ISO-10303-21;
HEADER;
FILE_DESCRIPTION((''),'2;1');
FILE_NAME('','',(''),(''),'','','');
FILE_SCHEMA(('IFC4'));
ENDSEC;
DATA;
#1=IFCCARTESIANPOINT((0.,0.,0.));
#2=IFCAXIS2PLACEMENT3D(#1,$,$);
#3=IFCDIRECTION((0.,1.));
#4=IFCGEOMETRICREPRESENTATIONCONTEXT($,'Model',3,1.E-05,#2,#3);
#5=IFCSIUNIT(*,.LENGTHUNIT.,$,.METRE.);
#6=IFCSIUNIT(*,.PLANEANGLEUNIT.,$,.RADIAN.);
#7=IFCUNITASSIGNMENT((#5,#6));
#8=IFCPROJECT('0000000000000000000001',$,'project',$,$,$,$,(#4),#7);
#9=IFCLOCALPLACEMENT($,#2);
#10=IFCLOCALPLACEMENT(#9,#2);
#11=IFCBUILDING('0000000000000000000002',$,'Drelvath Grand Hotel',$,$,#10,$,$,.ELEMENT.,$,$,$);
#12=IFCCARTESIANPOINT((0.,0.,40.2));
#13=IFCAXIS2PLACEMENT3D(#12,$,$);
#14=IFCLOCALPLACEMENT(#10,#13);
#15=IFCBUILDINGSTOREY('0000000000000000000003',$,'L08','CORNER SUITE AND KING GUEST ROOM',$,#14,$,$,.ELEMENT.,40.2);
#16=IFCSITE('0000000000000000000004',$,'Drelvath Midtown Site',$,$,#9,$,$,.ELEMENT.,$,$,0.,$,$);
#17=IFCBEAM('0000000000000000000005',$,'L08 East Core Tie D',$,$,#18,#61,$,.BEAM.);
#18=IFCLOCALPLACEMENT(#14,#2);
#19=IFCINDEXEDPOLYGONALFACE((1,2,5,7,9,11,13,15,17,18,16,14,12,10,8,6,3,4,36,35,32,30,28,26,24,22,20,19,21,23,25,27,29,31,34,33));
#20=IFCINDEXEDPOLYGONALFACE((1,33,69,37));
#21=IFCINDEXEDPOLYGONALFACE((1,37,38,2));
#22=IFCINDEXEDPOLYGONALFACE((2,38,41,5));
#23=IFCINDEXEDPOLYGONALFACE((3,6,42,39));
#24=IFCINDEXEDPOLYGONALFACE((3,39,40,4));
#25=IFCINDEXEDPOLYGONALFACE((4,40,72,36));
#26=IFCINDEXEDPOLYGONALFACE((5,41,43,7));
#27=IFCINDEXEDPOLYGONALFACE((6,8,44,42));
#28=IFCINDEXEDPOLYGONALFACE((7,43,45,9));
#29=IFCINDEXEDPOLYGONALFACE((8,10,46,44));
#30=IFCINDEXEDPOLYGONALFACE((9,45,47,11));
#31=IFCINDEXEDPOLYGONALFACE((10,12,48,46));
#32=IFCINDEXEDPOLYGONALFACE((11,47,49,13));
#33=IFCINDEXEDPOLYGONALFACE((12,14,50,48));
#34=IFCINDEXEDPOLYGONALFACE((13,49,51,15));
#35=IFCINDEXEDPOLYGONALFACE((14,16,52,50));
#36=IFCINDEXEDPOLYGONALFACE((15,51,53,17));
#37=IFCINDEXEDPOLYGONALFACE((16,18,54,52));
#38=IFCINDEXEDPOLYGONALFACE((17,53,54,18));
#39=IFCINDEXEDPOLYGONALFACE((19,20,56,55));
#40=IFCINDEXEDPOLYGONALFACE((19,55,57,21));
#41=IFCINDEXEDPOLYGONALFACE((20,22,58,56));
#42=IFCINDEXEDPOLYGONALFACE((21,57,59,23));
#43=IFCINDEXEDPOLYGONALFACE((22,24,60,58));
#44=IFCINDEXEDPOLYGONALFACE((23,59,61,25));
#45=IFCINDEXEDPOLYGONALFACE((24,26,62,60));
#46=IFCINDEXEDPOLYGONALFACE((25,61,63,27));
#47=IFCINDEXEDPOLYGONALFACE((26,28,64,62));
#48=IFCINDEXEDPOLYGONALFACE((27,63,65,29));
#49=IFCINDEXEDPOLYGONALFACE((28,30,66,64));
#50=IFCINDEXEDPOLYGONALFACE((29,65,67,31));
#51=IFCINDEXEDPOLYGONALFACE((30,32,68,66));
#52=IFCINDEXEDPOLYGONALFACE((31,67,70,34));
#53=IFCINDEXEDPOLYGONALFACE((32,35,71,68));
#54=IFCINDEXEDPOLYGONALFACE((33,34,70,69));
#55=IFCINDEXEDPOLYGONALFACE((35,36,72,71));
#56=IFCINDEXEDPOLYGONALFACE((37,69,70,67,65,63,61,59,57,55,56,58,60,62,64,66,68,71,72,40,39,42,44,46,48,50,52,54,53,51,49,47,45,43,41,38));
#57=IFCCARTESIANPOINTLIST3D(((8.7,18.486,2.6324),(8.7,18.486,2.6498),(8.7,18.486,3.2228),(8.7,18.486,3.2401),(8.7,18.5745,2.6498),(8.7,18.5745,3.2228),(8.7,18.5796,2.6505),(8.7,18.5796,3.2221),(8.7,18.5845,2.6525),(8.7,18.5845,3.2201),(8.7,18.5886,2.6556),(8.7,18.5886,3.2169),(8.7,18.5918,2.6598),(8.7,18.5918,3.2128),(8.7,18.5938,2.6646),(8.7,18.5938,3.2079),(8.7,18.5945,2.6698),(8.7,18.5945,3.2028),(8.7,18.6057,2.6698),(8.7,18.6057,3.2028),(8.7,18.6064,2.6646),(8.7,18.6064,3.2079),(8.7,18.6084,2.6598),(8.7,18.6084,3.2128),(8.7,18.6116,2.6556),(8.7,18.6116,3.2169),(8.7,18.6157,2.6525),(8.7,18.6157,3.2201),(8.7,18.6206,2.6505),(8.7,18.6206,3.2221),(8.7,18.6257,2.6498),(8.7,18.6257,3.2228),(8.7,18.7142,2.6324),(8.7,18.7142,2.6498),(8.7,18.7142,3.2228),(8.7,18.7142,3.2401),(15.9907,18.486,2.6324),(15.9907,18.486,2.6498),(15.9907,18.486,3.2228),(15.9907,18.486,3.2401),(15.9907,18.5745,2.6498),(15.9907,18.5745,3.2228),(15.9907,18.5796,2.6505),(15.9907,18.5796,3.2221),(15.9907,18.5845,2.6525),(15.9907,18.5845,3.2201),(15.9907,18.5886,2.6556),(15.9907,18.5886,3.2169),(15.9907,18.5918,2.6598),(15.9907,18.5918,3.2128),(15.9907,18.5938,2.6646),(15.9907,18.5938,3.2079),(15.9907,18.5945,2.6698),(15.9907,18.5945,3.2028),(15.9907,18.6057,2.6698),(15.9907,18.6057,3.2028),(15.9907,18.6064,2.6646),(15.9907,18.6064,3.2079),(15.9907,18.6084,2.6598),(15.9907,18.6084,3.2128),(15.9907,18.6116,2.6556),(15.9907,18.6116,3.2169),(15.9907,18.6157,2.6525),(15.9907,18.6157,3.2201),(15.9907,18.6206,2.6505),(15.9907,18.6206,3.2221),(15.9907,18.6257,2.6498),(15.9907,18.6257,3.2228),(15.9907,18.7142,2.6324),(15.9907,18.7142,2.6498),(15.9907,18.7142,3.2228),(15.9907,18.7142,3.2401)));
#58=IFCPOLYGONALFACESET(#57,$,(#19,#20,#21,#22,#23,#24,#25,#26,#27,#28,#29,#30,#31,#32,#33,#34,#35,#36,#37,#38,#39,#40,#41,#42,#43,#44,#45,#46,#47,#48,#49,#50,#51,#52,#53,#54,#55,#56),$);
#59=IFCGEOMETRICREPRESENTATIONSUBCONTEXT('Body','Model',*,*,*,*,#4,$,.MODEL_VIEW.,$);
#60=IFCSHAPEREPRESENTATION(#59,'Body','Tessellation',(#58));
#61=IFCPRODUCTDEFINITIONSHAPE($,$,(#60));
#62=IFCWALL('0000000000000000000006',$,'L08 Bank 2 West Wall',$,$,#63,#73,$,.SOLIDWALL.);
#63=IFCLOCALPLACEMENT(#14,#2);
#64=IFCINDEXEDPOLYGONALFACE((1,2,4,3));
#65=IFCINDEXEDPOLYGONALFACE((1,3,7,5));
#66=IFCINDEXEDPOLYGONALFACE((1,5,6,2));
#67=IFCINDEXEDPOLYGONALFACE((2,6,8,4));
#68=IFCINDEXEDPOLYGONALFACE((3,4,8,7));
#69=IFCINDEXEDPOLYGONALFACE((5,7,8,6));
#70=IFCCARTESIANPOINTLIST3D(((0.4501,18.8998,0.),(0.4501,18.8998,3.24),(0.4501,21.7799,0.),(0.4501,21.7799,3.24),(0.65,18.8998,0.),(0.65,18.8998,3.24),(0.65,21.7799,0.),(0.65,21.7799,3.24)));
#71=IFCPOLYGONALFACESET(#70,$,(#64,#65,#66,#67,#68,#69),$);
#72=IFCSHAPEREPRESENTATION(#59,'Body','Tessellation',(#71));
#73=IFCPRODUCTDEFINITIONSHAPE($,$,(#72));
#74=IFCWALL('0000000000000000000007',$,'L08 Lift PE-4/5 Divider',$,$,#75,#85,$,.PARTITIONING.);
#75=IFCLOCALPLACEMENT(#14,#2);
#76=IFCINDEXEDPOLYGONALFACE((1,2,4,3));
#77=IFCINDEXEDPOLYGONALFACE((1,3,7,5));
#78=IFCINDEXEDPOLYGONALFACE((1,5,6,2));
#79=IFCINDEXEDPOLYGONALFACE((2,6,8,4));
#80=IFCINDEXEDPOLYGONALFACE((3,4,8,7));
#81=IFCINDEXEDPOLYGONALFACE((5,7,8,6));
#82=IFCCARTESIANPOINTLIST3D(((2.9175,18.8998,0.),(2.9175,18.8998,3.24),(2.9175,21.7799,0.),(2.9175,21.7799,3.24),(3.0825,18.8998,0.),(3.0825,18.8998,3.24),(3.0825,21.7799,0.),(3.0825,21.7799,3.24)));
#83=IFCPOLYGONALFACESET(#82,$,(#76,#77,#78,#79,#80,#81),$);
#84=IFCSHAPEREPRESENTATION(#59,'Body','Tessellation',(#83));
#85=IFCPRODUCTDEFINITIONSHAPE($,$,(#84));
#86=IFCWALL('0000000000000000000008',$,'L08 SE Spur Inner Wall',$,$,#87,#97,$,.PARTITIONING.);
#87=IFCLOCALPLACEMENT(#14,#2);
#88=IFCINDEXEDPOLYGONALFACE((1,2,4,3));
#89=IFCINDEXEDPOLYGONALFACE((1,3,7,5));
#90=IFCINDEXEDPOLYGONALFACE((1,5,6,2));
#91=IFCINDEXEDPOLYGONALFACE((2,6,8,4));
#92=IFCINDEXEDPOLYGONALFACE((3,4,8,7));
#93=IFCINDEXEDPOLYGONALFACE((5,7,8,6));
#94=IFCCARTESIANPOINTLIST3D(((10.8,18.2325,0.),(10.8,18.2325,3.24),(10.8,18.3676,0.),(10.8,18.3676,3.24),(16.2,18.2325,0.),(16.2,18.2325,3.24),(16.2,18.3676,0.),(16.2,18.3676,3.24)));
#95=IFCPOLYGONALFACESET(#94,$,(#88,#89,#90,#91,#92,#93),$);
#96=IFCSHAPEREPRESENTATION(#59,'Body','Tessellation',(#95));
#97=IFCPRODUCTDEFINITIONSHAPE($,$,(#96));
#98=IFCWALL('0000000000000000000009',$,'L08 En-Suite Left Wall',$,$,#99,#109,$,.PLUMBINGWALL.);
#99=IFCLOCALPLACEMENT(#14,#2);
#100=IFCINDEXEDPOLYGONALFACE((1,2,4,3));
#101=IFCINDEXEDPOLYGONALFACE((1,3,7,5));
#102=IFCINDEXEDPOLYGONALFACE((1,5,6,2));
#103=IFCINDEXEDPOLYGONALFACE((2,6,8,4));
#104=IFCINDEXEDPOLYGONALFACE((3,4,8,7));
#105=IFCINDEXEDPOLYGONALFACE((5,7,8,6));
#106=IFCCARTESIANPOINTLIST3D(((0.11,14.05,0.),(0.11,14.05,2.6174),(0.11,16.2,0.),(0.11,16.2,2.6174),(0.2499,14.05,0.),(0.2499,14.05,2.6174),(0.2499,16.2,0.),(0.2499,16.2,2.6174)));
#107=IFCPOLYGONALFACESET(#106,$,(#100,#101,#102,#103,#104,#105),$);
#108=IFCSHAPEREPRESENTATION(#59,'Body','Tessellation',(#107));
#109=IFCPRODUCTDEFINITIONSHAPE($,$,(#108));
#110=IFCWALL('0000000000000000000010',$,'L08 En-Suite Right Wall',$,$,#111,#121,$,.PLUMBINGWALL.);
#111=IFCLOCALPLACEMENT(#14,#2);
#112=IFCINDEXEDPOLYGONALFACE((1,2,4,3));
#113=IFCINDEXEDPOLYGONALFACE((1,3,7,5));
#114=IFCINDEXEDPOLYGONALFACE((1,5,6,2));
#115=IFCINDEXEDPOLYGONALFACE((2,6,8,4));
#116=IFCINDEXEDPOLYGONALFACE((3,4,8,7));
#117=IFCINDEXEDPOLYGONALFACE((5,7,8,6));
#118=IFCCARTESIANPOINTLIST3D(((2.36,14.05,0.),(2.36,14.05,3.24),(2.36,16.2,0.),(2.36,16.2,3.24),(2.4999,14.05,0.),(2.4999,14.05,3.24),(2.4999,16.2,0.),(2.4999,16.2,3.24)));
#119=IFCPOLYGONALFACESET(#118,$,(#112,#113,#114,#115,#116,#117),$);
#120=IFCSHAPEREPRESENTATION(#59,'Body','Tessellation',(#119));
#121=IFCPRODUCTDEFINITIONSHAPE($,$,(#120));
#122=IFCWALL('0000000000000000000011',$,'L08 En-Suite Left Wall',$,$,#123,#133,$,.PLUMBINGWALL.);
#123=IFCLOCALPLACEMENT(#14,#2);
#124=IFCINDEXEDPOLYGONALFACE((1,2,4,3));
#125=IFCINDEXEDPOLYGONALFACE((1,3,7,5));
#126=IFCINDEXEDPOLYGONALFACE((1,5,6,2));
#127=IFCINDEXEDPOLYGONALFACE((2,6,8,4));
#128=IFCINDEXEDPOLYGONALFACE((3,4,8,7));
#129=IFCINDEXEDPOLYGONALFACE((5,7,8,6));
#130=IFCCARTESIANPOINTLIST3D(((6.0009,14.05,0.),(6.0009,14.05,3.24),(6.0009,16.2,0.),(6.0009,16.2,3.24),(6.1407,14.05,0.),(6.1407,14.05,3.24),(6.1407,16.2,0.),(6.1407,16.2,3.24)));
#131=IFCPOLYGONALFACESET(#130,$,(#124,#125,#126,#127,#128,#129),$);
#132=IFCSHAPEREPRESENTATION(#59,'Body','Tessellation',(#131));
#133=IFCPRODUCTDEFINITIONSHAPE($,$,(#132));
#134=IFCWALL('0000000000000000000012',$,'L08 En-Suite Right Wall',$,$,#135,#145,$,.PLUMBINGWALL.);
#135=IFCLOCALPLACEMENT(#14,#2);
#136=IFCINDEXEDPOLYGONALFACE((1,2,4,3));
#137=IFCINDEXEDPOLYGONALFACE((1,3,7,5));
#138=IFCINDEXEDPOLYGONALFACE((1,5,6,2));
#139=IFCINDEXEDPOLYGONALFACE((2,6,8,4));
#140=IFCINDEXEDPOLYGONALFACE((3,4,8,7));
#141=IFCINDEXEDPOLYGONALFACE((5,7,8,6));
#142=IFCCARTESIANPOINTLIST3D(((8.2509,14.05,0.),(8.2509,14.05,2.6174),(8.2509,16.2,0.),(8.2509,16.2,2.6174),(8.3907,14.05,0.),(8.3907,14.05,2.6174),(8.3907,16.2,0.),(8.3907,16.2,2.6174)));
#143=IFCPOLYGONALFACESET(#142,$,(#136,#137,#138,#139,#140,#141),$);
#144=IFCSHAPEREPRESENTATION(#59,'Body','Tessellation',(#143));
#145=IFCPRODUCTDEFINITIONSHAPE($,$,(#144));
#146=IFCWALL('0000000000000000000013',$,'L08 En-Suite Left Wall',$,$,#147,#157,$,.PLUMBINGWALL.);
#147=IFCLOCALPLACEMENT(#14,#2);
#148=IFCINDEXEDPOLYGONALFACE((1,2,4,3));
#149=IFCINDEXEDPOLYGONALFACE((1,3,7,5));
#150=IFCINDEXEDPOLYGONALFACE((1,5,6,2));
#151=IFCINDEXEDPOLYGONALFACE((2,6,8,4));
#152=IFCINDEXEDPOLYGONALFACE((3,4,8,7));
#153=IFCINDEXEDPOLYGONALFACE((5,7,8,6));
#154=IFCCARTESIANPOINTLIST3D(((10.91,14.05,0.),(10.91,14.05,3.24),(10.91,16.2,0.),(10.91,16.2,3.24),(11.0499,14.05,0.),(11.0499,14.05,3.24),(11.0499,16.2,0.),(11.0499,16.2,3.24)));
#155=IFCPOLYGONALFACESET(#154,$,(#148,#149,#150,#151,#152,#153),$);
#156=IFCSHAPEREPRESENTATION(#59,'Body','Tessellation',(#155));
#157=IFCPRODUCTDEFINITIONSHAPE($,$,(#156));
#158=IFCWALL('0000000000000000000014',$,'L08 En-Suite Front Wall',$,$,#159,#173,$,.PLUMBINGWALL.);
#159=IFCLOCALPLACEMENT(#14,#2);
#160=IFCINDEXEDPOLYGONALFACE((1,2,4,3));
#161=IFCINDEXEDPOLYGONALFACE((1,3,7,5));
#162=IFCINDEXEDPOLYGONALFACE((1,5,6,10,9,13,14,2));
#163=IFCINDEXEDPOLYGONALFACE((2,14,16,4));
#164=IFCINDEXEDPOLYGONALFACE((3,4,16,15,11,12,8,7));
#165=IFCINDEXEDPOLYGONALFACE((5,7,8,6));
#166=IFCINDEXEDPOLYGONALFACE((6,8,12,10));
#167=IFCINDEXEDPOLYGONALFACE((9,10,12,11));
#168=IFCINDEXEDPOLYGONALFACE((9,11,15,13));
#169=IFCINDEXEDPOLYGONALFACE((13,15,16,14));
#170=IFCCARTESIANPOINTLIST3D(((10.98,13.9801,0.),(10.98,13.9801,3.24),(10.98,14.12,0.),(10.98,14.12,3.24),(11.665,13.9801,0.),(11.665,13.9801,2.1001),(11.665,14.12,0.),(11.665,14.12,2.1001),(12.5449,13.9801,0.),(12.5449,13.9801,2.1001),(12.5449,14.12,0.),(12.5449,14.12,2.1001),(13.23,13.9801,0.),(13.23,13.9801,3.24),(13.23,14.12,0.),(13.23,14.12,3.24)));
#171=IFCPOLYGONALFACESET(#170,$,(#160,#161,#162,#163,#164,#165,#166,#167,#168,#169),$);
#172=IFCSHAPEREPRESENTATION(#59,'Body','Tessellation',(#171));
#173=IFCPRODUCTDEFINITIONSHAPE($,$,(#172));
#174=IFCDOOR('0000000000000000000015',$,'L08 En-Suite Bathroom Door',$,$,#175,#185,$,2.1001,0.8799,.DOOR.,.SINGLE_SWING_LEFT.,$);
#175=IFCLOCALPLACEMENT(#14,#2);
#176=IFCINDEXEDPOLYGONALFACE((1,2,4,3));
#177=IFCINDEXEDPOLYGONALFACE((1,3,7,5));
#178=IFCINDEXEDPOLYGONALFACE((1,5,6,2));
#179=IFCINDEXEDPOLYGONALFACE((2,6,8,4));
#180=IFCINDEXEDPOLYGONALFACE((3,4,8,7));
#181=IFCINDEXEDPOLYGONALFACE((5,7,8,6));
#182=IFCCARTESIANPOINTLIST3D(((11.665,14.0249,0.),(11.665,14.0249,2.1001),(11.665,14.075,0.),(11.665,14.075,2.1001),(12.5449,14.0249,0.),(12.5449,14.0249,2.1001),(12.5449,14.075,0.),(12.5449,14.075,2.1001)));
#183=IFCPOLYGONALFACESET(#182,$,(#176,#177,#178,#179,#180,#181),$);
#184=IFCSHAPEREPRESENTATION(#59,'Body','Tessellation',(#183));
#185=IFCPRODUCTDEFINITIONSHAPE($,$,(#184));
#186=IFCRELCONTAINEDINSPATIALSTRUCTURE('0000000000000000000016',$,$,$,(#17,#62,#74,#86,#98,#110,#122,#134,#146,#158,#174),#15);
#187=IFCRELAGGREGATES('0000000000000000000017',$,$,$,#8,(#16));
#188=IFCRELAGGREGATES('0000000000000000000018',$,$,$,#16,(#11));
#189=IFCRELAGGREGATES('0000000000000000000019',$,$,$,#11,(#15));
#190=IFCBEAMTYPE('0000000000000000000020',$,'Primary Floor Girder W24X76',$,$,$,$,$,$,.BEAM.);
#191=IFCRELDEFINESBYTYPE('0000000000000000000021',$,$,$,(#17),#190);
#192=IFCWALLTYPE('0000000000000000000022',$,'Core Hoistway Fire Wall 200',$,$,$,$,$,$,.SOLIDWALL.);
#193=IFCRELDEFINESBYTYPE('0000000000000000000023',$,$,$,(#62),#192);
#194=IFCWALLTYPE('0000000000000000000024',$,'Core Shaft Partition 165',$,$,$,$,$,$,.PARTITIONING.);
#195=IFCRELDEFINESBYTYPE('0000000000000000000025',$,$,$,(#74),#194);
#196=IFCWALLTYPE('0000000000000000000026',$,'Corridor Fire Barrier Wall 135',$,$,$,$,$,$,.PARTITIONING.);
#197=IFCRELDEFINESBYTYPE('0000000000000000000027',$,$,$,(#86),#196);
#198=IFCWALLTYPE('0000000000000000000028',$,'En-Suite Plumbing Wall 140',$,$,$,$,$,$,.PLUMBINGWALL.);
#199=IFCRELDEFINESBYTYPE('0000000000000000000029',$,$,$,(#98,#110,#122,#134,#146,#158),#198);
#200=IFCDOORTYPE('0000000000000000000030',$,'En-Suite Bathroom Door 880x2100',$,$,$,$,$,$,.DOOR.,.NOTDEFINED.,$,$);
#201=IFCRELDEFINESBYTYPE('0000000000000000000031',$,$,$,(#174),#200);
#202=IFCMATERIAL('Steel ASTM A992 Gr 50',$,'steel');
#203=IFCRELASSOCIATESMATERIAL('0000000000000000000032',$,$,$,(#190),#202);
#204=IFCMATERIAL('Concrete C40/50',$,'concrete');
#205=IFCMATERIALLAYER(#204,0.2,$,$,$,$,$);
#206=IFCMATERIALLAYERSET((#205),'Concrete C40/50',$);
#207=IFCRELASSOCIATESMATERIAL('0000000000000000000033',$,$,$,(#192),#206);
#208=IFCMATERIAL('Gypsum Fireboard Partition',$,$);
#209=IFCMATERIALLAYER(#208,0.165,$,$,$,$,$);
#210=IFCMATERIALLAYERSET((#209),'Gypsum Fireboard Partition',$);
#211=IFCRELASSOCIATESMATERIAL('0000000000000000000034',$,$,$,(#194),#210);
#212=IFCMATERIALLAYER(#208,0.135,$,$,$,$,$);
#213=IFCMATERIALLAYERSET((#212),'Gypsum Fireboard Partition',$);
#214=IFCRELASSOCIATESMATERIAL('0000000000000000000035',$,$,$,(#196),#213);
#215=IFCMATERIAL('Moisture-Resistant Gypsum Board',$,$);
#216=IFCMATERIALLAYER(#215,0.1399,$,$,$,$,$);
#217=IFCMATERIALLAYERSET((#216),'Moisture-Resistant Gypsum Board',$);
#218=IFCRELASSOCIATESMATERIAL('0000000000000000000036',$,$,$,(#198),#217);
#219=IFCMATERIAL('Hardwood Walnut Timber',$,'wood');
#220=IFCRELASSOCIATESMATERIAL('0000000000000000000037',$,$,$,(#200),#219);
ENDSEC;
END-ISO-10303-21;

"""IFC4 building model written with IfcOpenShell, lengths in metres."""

from ifc_helpers import new_model, si_unit, direction, frame, frame_2d, origin, origin_2d, place, context, subcontext, project, spatial, rectangle, i_section, extrude, material, layer, layer_set, material_profile, profile_set, type_object, element, fill, save


model = new_model("IFC4")

# Units and contexts
model_context = context("Model", 3, precision=1e-05, world=origin(), true_north=direction((0.0, 1.0)))
body_context = subcontext(model_context, "Body", "Model", "MODEL_VIEW")
ifc_project = project(units=[si_unit("LENGTHUNIT", "METRE"), si_unit("PLANEANGLEUNIT", "RADIAN")], contexts=[model_context])

# Site, building, storey
site_placement = place(None, origin())
site = spatial("IfcSite", under=ifc_project, at=site_placement, Name="Drelvath Midtown Site", CompositionType="ELEMENT", RefElevation=0.0)
building_placement = place(site_placement, origin())
building = spatial("IfcBuilding", under=site, at=building_placement, Name="Drelvath Grand Hotel", CompositionType="ELEMENT")
storey_placement = place(building_placement, frame((0.0, 0.0, 40.2)))
storey = spatial("IfcBuildingStorey", under=building, at=storey_placement, Name="L08", Description="CORNER SUITE AND KING GUEST ROOM", CompositionType="ELEMENT", Elevation=40.2)

# Beam
ifc_material_1 = material(Name="Steel ASTM A992 Gr 50", Category="steel")
ifc_material_profile = material_profile(ifc_material_1, i_section(OverallWidth=0.2283, OverallDepth=0.6077, WebThickness=0.0112, FlangeThickness=0.0173, FilletRadius=0.02, at=origin_2d()), Name="W24X76")
ifc_profile_set = profile_set([ifc_material_profile], Name="Steel ASTM A992 Gr 50")
beam_type = type_object("IfcBeamType", Name="Primary Floor Girder W24X76", PredefinedType="BEAM", material=ifc_profile_set)
beam_placement = place(storey_placement, frame((8.7, 18.6001, 2.9363), z_axis=(1.0, 0.0, 0.0), x_axis=(0.0, 1.0, 0.0)))
element("IfcBeam", 1, at=beam_placement, inside=storey, type_object=beam_type, Name="L08 East Core Tie D", PredefinedType="BEAM", context=body_context, shape_type="SweptSolid", body=[
    extrude(i_section(OverallWidth=0.2283, OverallDepth=0.6077, WebThickness=0.0112, FlangeThickness=0.0173, FilletRadius=0.02, at=origin_2d()), origin(), (0.0, 0.0, 1.0), 7.2908),
])

# Walls
ifc_material_2 = material(Name="Concrete C40/50", Category="concrete")
ifc_layer_1 = layer(ifc_material_2, 0.2)
ifc_layer_set_1 = layer_set([ifc_layer_1], Name="Concrete C40/50")
wall_type_1 = type_object("IfcWallType", Name="Core Hoistway Fire Wall 200", PredefinedType="SOLIDWALL", material=ifc_layer_set_1)
wall_1_placement = place(storey_placement, frame((0.55, 18.8999, 0.0), z_axis=(0.0, 0.0, 1.0), x_axis=(0.0, 1.0, 0.0)))
element("IfcWall", 2, at=wall_1_placement, inside=storey, type_object=wall_type_1, Name="L08 Bank 2 West Wall", PredefinedType="SOLIDWALL", context=body_context, shape_type="SweptSolid", body=[
    extrude(rectangle(XDim=2.8801, YDim=0.2, at=frame_2d((1.4399, 0.0))), origin(), (0.0, 0.0, 1.0), 3.24),
])
ifc_material_3 = material(Name="Gypsum Fireboard Partition")
ifc_layer_2 = layer(ifc_material_3, 0.165)
ifc_layer_set_2 = layer_set([ifc_layer_2], Name="Gypsum Fireboard Partition")
wall_type_2 = type_object("IfcWallType", Name="Core Shaft Partition 165", PredefinedType="PARTITIONING", material=ifc_layer_set_2)
wall_2_placement = place(storey_placement, frame((3.0, 18.8999, 0.0), z_axis=(0.0, 0.0, 1.0), x_axis=(0.0, 1.0, 0.0)))
element("IfcWall", 3, at=wall_2_placement, inside=storey, type_object=wall_type_2, Name="L08 Lift PE-4/5 Divider", PredefinedType="PARTITIONING", context=body_context, shape_type="SweptSolid", body=[
    extrude(rectangle(XDim=2.8801, YDim=0.165, at=frame_2d((1.4399, 0.0))), origin(), (0.0, 0.0, 1.0), 3.24),
])
ifc_layer_3 = layer(ifc_material_3, 0.135)
ifc_layer_set_3 = layer_set([ifc_layer_3], Name="Gypsum Fireboard Partition")
wall_type_3 = type_object("IfcWallType", Name="Corridor Fire Barrier Wall 135", PredefinedType="PARTITIONING", material=ifc_layer_set_3)
wall_3_placement = place(storey_placement, frame((10.8, 18.3, 0.0), z_axis=(0.0, 0.0, 1.0), x_axis=(1.0, 0.0, 0.0)))
element("IfcWall", 4, at=wall_3_placement, inside=storey, type_object=wall_type_3, Name="L08 SE Spur Inner Wall", PredefinedType="PARTITIONING", context=body_context, shape_type="SweptSolid", body=[
    extrude(rectangle(XDim=5.3999, YDim=0.135, at=frame_2d((2.7, 0.0))), origin(), (0.0, 0.0, 1.0), 3.24),
])

# Shared definitions
ifc_material_4 = material(Name="Hardwood Walnut Timber", Category="wood")

# Walls
ifc_material_5 = material(Name="Moisture-Resistant Gypsum Board")
ifc_layer_4 = layer(ifc_material_5, 0.1399)
ifc_layer_set_4 = layer_set([ifc_layer_4], Name="Moisture-Resistant Gypsum Board")
wall_type_4 = type_object("IfcWallType", Name="En-Suite Plumbing Wall 140", PredefinedType="PLUMBINGWALL", material=ifc_layer_set_4)
wall_4_placement = place(storey_placement, frame((0.1799, 16.2, 0.0), z_axis=(0.0, 0.0, 1.0), x_axis=(0.0, -1.0, 0.0)))
element("IfcWall", 5, at=wall_4_placement, inside=storey, type_object=wall_type_4, Name="L08 En-Suite Left Wall", PredefinedType="PLUMBINGWALL", context=body_context, shape_type="SweptSolid", body=[
    extrude(rectangle(XDim=2.1499, YDim=0.1399, at=frame_2d((1.075, 0.0))), origin(), (0.0, 0.0, 1.0), 2.6174),
])
for number, where, z_axis, x_axis, name in (
    (6, (2.4299, 16.2, 0.0), (0.0, 0.0, 1.0), (0.0, -1.0, 0.0), "L08 En-Suite Right Wall"),
    (7, (6.0708, 16.2, 0.0), (0.0, 0.0, 1.0), (0.0, -1.0, 0.0), "L08 En-Suite Left Wall"),
):
    element("IfcWall", number, at=place(storey_placement, frame(where, z_axis=z_axis, x_axis=x_axis)), inside=storey, type_object=wall_type_4, Name=name, PredefinedType="PLUMBINGWALL", context=body_context, shape_type="SweptSolid", body=[
        extrude(rectangle(XDim=2.1499, YDim=0.1399, at=frame_2d((1.075, 0.0))), origin(), (0.0, 0.0, 1.0), 3.24),
    ])
wall_5_placement = place(storey_placement, frame((8.3208, 16.2, 0.0), z_axis=(0.0, 0.0, 1.0), x_axis=(0.0, -1.0, 0.0)))
element("IfcWall", 8, at=wall_5_placement, inside=storey, type_object=wall_type_4, Name="L08 En-Suite Right Wall", PredefinedType="PLUMBINGWALL", context=body_context, shape_type="SweptSolid", body=[
    extrude(rectangle(XDim=2.1499, YDim=0.1399, at=frame_2d((1.075, 0.0))), origin(), (0.0, 0.0, 1.0), 2.6174),
])
wall_6_placement = place(storey_placement, frame((10.98, 16.2, 0.0), z_axis=(0.0, 0.0, 1.0), x_axis=(0.0, -1.0, 0.0)))
element("IfcWall", 9, at=wall_6_placement, inside=storey, type_object=wall_type_4, Name="L08 En-Suite Left Wall", PredefinedType="PLUMBINGWALL", context=body_context, shape_type="SweptSolid", body=[
    extrude(rectangle(XDim=2.1499, YDim=0.1399, at=frame_2d((1.075, 0.0))), origin(), (0.0, 0.0, 1.0), 3.24),
])

# Wall, opening, door
wall_7_placement = place(storey_placement, frame((10.98, 14.05, 0.0), z_axis=(0.0, 0.0, 1.0), x_axis=(1.0, 0.0, 0.0)))
wall_7 = element("IfcWall", 10, at=wall_7_placement, inside=storey, type_object=wall_type_4, Name="L08 En-Suite Front Wall", PredefinedType="PLUMBINGWALL", context=body_context, shape_type="SweptSolid", body=[
    extrude(rectangle(XDim=2.25, YDim=0.1399, at=frame_2d((1.125, 0.0))), origin(), (0.0, 0.0, 1.0), 3.24),
])
opening_1_placement = place(wall_7_placement, frame((0.6851, 0.0, 0.0)))
opening_1 = element("IfcOpeningElement", 11, at=opening_1_placement, cuts=wall_7, PredefinedType="OPENING", context=body_context, shape_type="SweptSolid", body=[
    extrude(rectangle(XDim=0.8799, YDim=2.1001, at=frame_2d((0.4399, 1.05))), frame((0.0, 0.0798, 0.0), z_axis=(0.0, -1.0, 0.0), x_axis=(1.0, 0.0, 0.0)), (0.0, 0.0, 1.0), 0.1599),
])
door_type_1 = type_object("IfcDoorType", Name="En-Suite Bathroom Door 880x2100", OperationType="NOTDEFINED", PredefinedType="DOOR", material=ifc_material_4)
door_1_placement = place(opening_1_placement, origin())
door_1 = element("IfcDoor", 12, at=door_1_placement, inside=storey, type_object=door_type_1, Name="L08 En-Suite Bathroom Door", OperationType="SINGLE_SWING_LEFT", OverallHeight=2.1001, OverallWidth=0.8799, PredefinedType="DOOR", context=body_context, shape_type="SweptSolid", body=[
    extrude(rectangle(XDim=0.8799, YDim=2.1001, at=frame_2d((0.4399, 1.05))), frame((0.0, 0.0249, 0.0), z_axis=(0.0, -1.0, 0.0), x_axis=(1.0, 0.0, 0.0)), (0.0, 0.0, 1.0), 0.05),
])
fill(opening_1, door_1)

save(model, "model.ifc")
